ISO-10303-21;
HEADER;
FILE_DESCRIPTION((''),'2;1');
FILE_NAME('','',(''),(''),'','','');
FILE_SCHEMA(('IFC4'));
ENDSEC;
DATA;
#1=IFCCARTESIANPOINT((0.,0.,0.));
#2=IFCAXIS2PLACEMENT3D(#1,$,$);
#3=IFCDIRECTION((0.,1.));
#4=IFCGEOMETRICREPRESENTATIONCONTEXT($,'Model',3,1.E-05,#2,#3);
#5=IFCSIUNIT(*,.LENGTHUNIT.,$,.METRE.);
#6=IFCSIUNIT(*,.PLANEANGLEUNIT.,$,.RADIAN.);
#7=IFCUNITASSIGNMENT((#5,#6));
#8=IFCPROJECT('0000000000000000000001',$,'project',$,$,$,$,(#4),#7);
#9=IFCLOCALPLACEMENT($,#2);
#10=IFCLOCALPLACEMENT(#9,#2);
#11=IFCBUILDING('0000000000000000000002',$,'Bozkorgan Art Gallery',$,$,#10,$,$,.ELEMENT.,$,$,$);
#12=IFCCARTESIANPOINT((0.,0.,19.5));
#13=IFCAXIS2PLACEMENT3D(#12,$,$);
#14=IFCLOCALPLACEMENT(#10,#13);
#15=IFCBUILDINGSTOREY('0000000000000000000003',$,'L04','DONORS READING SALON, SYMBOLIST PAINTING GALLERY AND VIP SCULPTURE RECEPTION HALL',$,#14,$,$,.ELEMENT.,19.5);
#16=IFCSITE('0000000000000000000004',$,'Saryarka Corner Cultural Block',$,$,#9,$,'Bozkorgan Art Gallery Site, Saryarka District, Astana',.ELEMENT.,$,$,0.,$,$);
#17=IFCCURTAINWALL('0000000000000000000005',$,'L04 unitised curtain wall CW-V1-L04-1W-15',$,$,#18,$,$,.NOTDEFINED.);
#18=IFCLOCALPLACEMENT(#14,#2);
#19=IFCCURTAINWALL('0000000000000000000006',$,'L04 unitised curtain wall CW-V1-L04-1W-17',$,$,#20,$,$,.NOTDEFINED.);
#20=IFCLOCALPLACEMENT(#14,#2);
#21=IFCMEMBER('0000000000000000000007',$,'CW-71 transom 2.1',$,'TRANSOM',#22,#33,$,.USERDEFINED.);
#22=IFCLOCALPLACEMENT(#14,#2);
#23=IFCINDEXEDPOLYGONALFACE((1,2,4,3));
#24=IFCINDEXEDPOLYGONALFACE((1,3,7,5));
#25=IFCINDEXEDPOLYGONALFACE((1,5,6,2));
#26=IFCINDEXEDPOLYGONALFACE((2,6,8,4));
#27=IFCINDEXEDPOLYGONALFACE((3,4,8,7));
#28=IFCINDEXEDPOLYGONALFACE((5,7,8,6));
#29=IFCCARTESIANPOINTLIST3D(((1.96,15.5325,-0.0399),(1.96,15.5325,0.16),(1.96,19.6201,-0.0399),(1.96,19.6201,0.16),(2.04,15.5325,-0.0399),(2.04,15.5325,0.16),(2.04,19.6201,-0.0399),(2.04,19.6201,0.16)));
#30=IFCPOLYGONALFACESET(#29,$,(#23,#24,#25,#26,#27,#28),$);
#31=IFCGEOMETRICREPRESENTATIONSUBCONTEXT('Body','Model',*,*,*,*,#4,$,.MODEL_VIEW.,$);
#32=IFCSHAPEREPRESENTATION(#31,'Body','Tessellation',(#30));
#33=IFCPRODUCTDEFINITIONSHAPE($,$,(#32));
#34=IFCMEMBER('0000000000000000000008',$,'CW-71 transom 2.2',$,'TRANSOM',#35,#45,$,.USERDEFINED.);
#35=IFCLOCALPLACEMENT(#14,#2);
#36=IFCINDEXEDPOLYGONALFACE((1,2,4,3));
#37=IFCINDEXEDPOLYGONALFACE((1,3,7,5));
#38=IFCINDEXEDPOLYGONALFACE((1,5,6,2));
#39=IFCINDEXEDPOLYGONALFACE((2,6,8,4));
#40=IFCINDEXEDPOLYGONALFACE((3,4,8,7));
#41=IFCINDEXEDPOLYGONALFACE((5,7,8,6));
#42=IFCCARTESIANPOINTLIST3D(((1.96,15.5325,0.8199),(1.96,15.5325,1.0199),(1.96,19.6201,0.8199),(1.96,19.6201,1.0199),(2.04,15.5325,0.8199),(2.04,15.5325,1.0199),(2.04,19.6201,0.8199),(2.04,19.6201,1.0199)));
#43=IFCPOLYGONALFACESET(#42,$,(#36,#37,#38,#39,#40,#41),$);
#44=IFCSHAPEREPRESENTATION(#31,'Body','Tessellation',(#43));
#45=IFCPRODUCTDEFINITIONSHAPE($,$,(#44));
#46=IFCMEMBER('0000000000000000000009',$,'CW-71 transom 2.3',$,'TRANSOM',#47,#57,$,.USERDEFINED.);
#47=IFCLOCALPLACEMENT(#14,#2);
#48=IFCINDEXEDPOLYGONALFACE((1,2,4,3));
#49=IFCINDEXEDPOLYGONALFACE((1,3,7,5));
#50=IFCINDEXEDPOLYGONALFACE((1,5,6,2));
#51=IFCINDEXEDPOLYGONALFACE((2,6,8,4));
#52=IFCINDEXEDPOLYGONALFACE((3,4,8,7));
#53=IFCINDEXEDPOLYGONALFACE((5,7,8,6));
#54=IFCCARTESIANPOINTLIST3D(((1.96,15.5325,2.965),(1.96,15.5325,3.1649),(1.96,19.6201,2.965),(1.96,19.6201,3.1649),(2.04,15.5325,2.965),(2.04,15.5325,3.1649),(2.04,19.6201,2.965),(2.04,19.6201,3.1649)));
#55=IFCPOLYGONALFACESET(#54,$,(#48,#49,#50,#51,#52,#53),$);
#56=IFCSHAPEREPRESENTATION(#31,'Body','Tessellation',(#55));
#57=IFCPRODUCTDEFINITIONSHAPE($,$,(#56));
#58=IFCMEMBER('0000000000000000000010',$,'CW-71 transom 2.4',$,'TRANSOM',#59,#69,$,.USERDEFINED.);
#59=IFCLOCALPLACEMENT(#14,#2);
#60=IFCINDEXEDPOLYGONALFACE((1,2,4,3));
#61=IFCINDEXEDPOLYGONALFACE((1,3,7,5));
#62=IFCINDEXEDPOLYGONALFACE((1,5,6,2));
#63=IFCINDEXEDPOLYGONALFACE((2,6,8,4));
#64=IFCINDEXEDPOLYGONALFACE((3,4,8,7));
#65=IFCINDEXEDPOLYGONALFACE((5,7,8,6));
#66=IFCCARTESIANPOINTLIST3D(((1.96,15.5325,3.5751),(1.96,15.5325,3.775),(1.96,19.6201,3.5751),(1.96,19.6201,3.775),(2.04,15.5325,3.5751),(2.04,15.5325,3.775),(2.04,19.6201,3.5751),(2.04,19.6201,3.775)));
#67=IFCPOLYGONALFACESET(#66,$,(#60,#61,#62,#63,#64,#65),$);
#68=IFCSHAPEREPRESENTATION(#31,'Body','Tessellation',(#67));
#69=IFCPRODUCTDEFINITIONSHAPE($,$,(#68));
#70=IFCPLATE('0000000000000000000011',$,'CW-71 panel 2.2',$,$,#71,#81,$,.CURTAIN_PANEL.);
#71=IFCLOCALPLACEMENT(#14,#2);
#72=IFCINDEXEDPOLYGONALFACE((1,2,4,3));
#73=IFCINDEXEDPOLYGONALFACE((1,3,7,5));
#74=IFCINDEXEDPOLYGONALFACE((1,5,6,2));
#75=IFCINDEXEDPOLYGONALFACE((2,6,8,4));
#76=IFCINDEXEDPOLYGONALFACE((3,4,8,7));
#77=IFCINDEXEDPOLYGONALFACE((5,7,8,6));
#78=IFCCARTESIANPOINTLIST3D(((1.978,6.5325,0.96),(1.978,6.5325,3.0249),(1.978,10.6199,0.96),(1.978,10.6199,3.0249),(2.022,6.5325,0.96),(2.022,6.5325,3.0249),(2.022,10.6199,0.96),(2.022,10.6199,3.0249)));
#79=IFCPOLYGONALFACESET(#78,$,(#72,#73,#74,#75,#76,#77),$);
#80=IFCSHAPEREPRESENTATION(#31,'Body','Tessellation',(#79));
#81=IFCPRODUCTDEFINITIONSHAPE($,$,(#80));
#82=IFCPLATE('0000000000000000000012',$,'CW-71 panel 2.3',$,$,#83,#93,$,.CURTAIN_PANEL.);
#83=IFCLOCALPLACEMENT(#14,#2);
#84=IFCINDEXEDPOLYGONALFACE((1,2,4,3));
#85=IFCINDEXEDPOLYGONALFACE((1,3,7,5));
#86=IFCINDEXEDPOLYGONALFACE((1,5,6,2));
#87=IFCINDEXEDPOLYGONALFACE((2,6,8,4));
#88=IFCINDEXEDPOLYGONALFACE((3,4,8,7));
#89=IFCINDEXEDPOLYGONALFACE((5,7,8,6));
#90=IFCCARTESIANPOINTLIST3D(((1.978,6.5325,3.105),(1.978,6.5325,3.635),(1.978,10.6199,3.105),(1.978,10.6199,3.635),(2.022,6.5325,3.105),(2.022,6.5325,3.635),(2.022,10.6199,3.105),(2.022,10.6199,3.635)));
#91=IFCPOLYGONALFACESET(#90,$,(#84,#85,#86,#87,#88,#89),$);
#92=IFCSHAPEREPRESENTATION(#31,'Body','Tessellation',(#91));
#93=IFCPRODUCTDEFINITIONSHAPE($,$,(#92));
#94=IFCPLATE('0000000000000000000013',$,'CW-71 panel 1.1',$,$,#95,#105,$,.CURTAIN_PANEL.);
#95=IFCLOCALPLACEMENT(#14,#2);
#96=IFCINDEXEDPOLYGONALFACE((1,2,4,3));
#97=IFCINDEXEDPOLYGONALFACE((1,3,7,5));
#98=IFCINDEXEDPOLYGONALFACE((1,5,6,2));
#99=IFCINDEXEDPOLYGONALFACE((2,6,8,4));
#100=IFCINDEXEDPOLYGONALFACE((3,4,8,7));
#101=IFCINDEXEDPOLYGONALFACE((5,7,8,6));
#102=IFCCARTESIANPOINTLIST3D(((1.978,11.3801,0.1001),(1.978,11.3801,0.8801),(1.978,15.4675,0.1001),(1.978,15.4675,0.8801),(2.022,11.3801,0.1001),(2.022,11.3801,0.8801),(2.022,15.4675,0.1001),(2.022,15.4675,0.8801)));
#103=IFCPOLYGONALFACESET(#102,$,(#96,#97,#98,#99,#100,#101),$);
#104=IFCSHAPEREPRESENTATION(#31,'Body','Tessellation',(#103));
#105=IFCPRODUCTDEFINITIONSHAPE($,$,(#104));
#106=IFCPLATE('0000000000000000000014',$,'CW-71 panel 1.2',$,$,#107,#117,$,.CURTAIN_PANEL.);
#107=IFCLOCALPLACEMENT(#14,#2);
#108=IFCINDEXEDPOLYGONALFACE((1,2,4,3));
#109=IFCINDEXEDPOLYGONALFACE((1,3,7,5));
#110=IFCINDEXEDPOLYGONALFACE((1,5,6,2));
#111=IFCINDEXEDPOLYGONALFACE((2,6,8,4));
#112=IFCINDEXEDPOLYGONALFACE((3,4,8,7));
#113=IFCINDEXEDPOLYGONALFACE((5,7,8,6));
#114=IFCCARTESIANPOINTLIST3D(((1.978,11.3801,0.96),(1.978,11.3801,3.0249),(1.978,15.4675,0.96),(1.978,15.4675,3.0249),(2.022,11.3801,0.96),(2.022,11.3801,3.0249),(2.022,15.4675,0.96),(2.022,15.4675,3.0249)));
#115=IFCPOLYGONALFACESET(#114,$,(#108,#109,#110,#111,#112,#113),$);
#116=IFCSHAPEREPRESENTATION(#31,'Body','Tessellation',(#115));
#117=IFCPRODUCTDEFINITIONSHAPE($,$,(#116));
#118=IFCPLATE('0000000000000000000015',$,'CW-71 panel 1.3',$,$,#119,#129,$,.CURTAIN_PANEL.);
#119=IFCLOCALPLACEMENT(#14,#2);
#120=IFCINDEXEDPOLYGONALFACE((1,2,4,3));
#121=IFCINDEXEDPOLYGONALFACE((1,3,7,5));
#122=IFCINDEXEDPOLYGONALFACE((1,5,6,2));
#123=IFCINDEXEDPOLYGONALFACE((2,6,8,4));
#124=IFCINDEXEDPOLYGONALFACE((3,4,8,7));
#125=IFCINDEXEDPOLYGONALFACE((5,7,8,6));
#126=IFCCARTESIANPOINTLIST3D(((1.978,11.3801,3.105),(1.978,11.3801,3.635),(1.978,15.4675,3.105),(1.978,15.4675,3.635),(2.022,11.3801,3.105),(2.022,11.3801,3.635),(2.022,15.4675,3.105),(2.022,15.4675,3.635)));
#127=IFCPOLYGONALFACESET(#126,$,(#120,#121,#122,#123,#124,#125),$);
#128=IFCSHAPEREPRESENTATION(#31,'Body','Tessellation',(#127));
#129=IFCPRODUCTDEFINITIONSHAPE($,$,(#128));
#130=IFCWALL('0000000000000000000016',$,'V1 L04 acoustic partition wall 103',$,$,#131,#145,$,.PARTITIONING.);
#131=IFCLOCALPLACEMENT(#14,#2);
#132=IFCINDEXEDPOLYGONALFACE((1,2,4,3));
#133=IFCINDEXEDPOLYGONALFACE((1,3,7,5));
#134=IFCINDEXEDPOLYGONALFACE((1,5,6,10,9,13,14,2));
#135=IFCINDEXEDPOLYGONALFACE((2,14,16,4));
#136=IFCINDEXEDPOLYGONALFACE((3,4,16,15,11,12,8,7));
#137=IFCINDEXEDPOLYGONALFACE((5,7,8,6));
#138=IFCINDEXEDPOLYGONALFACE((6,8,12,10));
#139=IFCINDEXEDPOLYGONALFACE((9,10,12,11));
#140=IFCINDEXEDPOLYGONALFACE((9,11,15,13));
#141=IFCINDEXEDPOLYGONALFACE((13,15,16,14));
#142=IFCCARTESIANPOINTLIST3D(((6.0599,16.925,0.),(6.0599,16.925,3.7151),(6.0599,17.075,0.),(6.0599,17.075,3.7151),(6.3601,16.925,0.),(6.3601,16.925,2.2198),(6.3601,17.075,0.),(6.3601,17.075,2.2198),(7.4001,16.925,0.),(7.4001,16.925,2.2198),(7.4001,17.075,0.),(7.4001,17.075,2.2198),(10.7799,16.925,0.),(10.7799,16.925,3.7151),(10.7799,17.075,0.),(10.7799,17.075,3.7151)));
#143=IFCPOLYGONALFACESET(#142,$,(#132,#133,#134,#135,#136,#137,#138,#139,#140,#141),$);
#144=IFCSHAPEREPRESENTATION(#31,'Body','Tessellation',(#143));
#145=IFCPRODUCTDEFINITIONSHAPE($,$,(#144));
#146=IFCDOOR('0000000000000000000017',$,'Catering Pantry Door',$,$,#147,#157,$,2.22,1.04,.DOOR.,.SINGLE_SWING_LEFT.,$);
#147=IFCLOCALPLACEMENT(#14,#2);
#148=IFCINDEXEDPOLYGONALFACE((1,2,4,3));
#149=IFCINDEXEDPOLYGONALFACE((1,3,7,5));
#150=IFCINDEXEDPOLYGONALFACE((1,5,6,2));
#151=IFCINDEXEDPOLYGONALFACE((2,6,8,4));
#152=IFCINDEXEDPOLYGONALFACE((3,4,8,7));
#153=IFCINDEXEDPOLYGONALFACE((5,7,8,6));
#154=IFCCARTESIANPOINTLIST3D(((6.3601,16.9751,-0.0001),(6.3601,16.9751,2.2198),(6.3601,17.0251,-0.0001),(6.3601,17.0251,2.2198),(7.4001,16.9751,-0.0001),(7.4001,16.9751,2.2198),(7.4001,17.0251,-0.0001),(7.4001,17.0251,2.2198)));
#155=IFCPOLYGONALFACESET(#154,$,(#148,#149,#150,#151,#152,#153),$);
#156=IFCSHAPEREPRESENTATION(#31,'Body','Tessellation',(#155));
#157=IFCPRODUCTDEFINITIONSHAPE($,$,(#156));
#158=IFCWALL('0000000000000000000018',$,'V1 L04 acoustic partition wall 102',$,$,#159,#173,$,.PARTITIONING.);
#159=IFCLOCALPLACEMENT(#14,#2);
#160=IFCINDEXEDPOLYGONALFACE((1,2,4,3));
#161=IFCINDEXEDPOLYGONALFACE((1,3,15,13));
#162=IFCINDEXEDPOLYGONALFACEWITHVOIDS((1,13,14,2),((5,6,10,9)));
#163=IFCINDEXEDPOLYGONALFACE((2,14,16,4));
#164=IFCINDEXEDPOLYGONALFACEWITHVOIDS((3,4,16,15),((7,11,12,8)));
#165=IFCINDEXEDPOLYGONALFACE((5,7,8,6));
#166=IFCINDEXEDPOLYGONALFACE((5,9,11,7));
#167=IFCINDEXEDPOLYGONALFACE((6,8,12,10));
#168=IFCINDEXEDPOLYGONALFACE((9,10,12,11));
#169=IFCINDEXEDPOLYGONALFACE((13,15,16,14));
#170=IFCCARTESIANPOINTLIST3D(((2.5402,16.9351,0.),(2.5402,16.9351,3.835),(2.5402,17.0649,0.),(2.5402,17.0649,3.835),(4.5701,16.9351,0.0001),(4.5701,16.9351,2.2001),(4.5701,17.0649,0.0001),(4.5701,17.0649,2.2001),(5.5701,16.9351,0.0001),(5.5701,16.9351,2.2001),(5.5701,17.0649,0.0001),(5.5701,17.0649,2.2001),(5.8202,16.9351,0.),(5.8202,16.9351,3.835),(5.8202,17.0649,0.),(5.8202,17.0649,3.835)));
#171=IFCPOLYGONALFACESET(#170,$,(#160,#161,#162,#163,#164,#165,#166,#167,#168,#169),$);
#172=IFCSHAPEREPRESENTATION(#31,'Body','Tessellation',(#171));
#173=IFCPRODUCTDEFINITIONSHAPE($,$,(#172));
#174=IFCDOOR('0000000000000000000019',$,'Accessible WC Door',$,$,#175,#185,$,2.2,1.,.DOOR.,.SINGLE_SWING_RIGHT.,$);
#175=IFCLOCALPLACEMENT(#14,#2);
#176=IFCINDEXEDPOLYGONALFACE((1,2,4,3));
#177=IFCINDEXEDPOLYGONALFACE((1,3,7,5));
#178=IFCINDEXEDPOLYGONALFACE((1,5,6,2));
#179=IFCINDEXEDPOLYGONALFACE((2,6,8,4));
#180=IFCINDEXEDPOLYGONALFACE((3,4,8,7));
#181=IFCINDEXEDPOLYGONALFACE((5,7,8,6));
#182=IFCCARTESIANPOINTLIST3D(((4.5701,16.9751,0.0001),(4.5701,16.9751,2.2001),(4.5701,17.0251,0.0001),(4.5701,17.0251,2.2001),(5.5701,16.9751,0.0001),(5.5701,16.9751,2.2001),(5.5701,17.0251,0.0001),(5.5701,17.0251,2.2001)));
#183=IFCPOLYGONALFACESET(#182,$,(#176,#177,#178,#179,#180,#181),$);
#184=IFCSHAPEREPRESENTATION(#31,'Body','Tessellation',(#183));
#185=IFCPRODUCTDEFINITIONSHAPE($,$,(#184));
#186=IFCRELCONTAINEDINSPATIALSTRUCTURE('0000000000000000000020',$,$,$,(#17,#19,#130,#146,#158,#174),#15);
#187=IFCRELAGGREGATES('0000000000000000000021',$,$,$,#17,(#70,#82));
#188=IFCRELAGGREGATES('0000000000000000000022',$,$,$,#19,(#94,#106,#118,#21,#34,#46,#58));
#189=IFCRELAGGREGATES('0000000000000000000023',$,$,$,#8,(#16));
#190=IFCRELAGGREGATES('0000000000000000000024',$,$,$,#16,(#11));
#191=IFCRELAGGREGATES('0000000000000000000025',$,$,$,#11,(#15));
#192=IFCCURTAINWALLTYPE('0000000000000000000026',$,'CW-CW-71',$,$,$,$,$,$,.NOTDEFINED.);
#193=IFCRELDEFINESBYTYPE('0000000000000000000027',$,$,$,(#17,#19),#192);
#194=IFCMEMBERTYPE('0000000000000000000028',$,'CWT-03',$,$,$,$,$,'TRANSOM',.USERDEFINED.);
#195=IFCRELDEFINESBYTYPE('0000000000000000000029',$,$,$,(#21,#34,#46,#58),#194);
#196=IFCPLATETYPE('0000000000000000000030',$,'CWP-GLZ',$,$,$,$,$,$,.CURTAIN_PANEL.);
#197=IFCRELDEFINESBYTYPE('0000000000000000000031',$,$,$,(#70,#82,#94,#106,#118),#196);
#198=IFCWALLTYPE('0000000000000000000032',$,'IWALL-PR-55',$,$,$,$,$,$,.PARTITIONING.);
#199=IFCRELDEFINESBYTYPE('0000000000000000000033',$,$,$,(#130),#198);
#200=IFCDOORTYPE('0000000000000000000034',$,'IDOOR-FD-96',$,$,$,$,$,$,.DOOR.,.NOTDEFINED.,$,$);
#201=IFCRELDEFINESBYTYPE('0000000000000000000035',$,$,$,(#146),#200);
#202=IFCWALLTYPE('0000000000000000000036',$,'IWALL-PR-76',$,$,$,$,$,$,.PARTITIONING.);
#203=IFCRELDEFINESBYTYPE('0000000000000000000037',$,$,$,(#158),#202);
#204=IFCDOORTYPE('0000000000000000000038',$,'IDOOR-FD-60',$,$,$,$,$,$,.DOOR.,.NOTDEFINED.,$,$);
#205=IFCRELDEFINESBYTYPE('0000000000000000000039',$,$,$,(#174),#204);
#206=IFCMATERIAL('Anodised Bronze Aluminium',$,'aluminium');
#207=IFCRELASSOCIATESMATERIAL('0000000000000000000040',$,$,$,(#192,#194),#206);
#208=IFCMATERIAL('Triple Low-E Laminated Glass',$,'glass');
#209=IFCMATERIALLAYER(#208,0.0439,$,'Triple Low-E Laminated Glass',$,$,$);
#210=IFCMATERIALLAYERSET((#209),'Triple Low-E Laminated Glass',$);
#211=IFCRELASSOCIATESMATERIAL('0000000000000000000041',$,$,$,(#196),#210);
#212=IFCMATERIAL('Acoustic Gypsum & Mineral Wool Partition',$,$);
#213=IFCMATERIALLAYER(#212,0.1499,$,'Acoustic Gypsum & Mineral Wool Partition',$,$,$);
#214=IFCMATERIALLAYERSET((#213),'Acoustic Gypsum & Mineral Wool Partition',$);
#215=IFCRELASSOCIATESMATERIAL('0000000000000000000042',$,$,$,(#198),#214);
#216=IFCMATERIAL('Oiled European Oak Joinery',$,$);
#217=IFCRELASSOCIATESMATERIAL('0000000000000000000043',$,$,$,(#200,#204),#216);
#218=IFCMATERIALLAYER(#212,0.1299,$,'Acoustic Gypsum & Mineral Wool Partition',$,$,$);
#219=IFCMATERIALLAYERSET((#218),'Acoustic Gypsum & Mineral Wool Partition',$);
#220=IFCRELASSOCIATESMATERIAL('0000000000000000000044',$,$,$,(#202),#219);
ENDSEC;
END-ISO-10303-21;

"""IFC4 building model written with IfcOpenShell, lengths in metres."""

from ifc_helpers import new_model, si_unit, direction, frame, frame_2d, origin, origin_2d, place, context, subcontext, project, spatial, rectangle, extrude, material, layer, layer_set, material_profile, profile_set, type_object, element, fill, aggregate, save


model = new_model("IFC4")

# Units and contexts
model_context = context("Model", 3, precision=1e-05, world=origin(), true_north=direction((0.0, 1.0)))
body_context = subcontext(model_context, "Body", "Model", "MODEL_VIEW")
ifc_project = project(units=[si_unit("LENGTHUNIT", "METRE"), si_unit("PLANEANGLEUNIT", "RADIAN")], contexts=[model_context])

# Site, building, storey
site_placement = place(None, origin())
site = spatial("IfcSite", under=ifc_project, at=site_placement, Name="Saryarka Corner Cultural Block", LongName="Bozkorgan Art Gallery Site, Saryarka District, Astana", CompositionType="ELEMENT", RefElevation=0.0)
building_placement = place(site_placement, origin())
building = spatial("IfcBuilding", under=site, at=building_placement, Name="Bozkorgan Art Gallery", CompositionType="ELEMENT")
storey_placement = place(building_placement, frame((0.0, 0.0, 19.5)))
storey = spatial("IfcBuildingStorey", under=building, at=storey_placement, Name="L04", Description="DONORS READING SALON, SYMBOLIST PAINTING GALLERY AND VIP SCULPTURE RECEPTION HALL", CompositionType="ELEMENT", Elevation=19.5)

# Curtain wall
ifc_material_1 = material(Name="Anodised Bronze Aluminium", Category="aluminium")
curtain_wall_type = type_object("IfcCurtainWallType", Name="CW-CW-71", PredefinedType="NOTDEFINED", material=ifc_material_1)
curtain_wall_1_placement = place(storey_placement, origin())
curtain_wall_1 = element("IfcCurtainWall", 1, at=curtain_wall_1_placement, inside=storey, type_object=curtain_wall_type, Name="L04 unitised curtain wall CW-V1-L04-1W-15", PredefinedType="NOTDEFINED")

# Curtain wall, members
curtain_wall_2_placement = place(storey_placement, origin())
curtain_wall_2 = element("IfcCurtainWall", 2, at=curtain_wall_2_placement, inside=storey, type_object=curtain_wall_type, Name="L04 unitised curtain wall CW-V1-L04-1W-17", PredefinedType="NOTDEFINED")
ifc_material_profile_1 = material_profile(ifc_material_1, rectangle(XDim=0.0801, YDim=0.2, at=origin_2d()), Name="ALU TRANSOM 80x200")
ifc_profile_set_1 = profile_set([ifc_material_profile_1], Name="Anodised Bronze Aluminium")
member_type_1 = type_object("IfcMemberType", Name="CWT-03", ElementType="TRANSOM", PredefinedType="USERDEFINED", material=ifc_profile_set_1)
member_1_placement = place(storey_placement, frame((2.0, 15.5325, 0.0601), z_axis=(0.0, 1.0, 0.0), x_axis=(-1.0, 0.0, 0.0)))
member_1 = element("IfcMember", 3, at=member_1_placement, type_object=member_type_1, Name="CW-71 transom 2.1", ObjectType="TRANSOM", PredefinedType="USERDEFINED", context=body_context, shape_type="SweptSolid", body=[
    extrude(rectangle(XDim=0.0801, YDim=0.2, at=origin_2d()), origin(), (0.0, 0.0, 1.0), 4.0876),
])
member_2_placement = place(storey_placement, frame((2.0, 15.5325, 0.9199), z_axis=(0.0, 1.0, 0.0), x_axis=(-1.0, 0.0, 0.0)))
member_2 = element("IfcMember", 4, at=member_2_placement, type_object=member_type_1, Name="CW-71 transom 2.2", ObjectType="TRANSOM", PredefinedType="USERDEFINED", context=body_context, shape_type="SweptSolid", body=[
    extrude(rectangle(XDim=0.0801, YDim=0.2, at=origin_2d()), origin(), (0.0, 0.0, 1.0), 4.0876),
])
member_3_placement = place(storey_placement, frame((2.0, 15.5325, 3.0649), z_axis=(0.0, 1.0, 0.0), x_axis=(-1.0, 0.0, 0.0)))
member_3 = element("IfcMember", 5, at=member_3_placement, type_object=member_type_1, Name="CW-71 transom 2.3", ObjectType="TRANSOM", PredefinedType="USERDEFINED", context=body_context, shape_type="SweptSolid", body=[
    extrude(rectangle(XDim=0.0801, YDim=0.2, at=origin_2d()), origin(), (0.0, 0.0, 1.0), 4.0876),
])
member_4_placement = place(storey_placement, frame((2.0, 15.5325, 3.675), z_axis=(0.0, 1.0, 0.0), x_axis=(-1.0, 0.0, 0.0)))
member_4 = element("IfcMember", 6, at=member_4_placement, type_object=member_type_1, Name="CW-71 transom 2.4", ObjectType="TRANSOM", PredefinedType="USERDEFINED", context=body_context, shape_type="SweptSolid", body=[
    extrude(rectangle(XDim=0.0801, YDim=0.2, at=origin_2d()), origin(), (0.0, 0.0, 1.0), 4.0876),
])

# Plates
ifc_material_2 = material(Name="Triple Low-E Laminated Glass", Category="glass")
ifc_layer_1 = layer(ifc_material_2, 0.0439, Name="Triple Low-E Laminated Glass")
ifc_layer_set_1 = layer_set([ifc_layer_1], Name="Triple Low-E Laminated Glass")
plate_type = type_object("IfcPlateType", Name="CWP-GLZ", PredefinedType="CURTAIN_PANEL", material=ifc_layer_set_1)
plate_1_placement = place(storey_placement, frame((2.0, 8.5762, 0.96), z_axis=(0.0, 0.0, 1.0), x_axis=(0.0, 1.0, 0.0)))
plate_1 = element("IfcPlate", 7, at=plate_1_placement, type_object=plate_type, Name="CW-71 panel 2.2", PredefinedType="CURTAIN_PANEL", context=body_context, shape_type="SweptSolid", body=[
    extrude(rectangle(XDim=4.0874, YDim=0.0439, at=origin_2d()), origin(), (0.0, 0.0, 1.0), 2.0649),
])
plate_2_placement = place(storey_placement, frame((2.0, 8.5762, 3.105), z_axis=(0.0, 0.0, 1.0), x_axis=(0.0, 1.0, 0.0)))
plate_2 = element("IfcPlate", 8, at=plate_2_placement, type_object=plate_type, Name="CW-71 panel 2.3", PredefinedType="CURTAIN_PANEL", context=body_context, shape_type="SweptSolid", body=[
    extrude(rectangle(XDim=4.0874, YDim=0.0439, at=origin_2d()), origin(), (0.0, 0.0, 1.0), 0.53),
])
aggregate(curtain_wall_1, [plate_1, plate_2])
plate_3_placement = place(storey_placement, frame((2.0, 13.4238, 0.1001), z_axis=(0.0, 0.0, 1.0), x_axis=(0.0, 1.0, 0.0)))
plate_3 = element("IfcPlate", 9, at=plate_3_placement, type_object=plate_type, Name="CW-71 panel 1.1", PredefinedType="CURTAIN_PANEL", context=body_context, shape_type="SweptSolid", body=[
    extrude(rectangle(XDim=4.0874, YDim=0.0439, at=origin_2d()), origin(), (0.0, 0.0, 1.0), 0.78),
])
plate_4_placement = place(storey_placement, frame((2.0, 13.4238, 0.96), z_axis=(0.0, 0.0, 1.0), x_axis=(0.0, 1.0, 0.0)))
plate_4 = element("IfcPlate", 10, at=plate_4_placement, type_object=plate_type, Name="CW-71 panel 1.2", PredefinedType="CURTAIN_PANEL", context=body_context, shape_type="SweptSolid", body=[
    extrude(rectangle(XDim=4.0874, YDim=0.0439, at=origin_2d()), origin(), (0.0, 0.0, 1.0), 2.0649),
])
plate_5_placement = place(storey_placement, frame((2.0, 13.4238, 3.105), z_axis=(0.0, 0.0, 1.0), x_axis=(0.0, 1.0, 0.0)))
plate_5 = element("IfcPlate", 11, at=plate_5_placement, type_object=plate_type, Name="CW-71 panel 1.3", PredefinedType="CURTAIN_PANEL", context=body_context, shape_type="SweptSolid", body=[
    extrude(rectangle(XDim=4.0874, YDim=0.0439, at=origin_2d()), origin(), (0.0, 0.0, 1.0), 0.53),
])
aggregate(curtain_wall_2, [plate_3, plate_4, plate_5, member_1, member_2, member_3, member_4])

# Walls, openings, doors
ifc_material_3 = material(Name="Acoustic Gypsum & Mineral Wool Partition")
ifc_material_4 = material(Name="Oiled European Oak Joinery")
ifc_layer_2 = layer(ifc_material_3, 0.1499, Name="Acoustic Gypsum & Mineral Wool Partition")
ifc_layer_set_2 = layer_set([ifc_layer_2], Name="Acoustic Gypsum & Mineral Wool Partition")
wall_type_1 = type_object("IfcWallType", Name="IWALL-PR-55", PredefinedType="PARTITIONING", material=ifc_layer_set_2)
wall_1_placement = place(storey_placement, frame((6.0601, 17.0, 0.0), z_axis=(0.0, 0.0, 1.0), x_axis=(1.0, 0.0, 0.0)))
wall_1 = element("IfcWall", 12, at=wall_1_placement, inside=storey, type_object=wall_type_1, Name="V1 L04 acoustic partition wall 103", PredefinedType="PARTITIONING", context=body_context, shape_type="SweptSolid", body=[
    extrude(rectangle(XDim=4.72, YDim=0.1499, at=frame_2d((2.3599, 0.0))), origin(), (0.0, 0.0, 1.0), 3.7151),
])
opening_1_placement = place(wall_1_placement, frame((1.3401, 0.0, 0.0), z_axis=(0.0, 0.0, 1.0), x_axis=(-1.0, 0.0, 0.0)))
opening_1 = element("IfcOpeningElement", 13, at=opening_1_placement, cuts=wall_1, PredefinedType="OPENING", context=body_context, shape_type="SweptSolid", body=[
    extrude(rectangle(XDim=1.04, YDim=2.22, at=frame_2d((0.52, 1.1099))), frame((0.0, 0.085, 0.0), z_axis=(0.0, -1.0, 0.0), x_axis=(1.0, 0.0, 0.0)), (0.0, 0.0, 1.0), 0.1699),
])
door_type_1 = type_object("IfcDoorType", Name="IDOOR-FD-96", OperationType="NOTDEFINED", PredefinedType="DOOR", material=ifc_material_4)
door_1_placement = place(opening_1_placement, origin())
door_1 = element("IfcDoor", 14, at=door_1_placement, inside=storey, type_object=door_type_1, Name="Catering Pantry Door", OperationType="SINGLE_SWING_LEFT", OverallHeight=2.22, OverallWidth=1.04, PredefinedType="DOOR", context=body_context, shape_type="SweptSolid", body=[
    extrude(rectangle(XDim=1.04, YDim=2.22, at=frame_2d((0.52, 1.1099))), frame((0.0, 0.0249, 0.0), z_axis=(0.0, -1.0, 0.0), x_axis=(1.0, 0.0, 0.0)), (0.0, 0.0, 1.0), 0.05),
])
fill(opening_1, door_1)
ifc_layer_3 = layer(ifc_material_3, 0.1299, Name="Acoustic Gypsum & Mineral Wool Partition")
ifc_layer_set_3 = layer_set([ifc_layer_3], Name="Acoustic Gypsum & Mineral Wool Partition")
wall_type_2 = type_object("IfcWallType", Name="IWALL-PR-76", PredefinedType="PARTITIONING", material=ifc_layer_set_3)
wall_2_placement = place(storey_placement, frame((2.54, 17.0, 0.0), z_axis=(0.0, 0.0, 1.0), x_axis=(1.0, 0.0, 0.0)))
wall_2 = element("IfcWall", 15, at=wall_2_placement, inside=storey, type_object=wall_type_2, Name="V1 L04 acoustic partition wall 102", PredefinedType="PARTITIONING", context=body_context, shape_type="SweptSolid", body=[
    extrude(rectangle(XDim=3.28, YDim=0.1299, at=frame_2d((1.6401, 0.0))), origin(), (0.0, 0.0, 1.0), 3.835),
])
opening_2_placement = place(wall_2_placement, frame((3.03, 0.0, 0.0), z_axis=(0.0, 0.0, 1.0), x_axis=(-1.0, 0.0, 0.0)))
opening_2 = element("IfcOpeningElement", 16, at=opening_2_placement, cuts=wall_2, PredefinedType="OPENING", context=body_context, shape_type="SweptSolid", body=[
    extrude(rectangle(XDim=1.0, YDim=2.2, at=frame_2d((0.5, 1.1001))), frame((0.0, 0.075, 0.0), z_axis=(0.0, -1.0, 0.0), x_axis=(1.0, 0.0, 0.0)), (0.0, 0.0, 1.0), 0.1499),
])
door_type_2 = type_object("IfcDoorType", Name="IDOOR-FD-60", OperationType="NOTDEFINED", PredefinedType="DOOR", material=ifc_material_4)
door_2_placement = place(opening_2_placement, origin())
door_2 = element("IfcDoor", 17, at=door_2_placement, inside=storey, type_object=door_type_2, Name="Accessible WC Door", OperationType="SINGLE_SWING_RIGHT", OverallHeight=2.2, OverallWidth=1.0, PredefinedType="DOOR", context=body_context, shape_type="SweptSolid", body=[
    extrude(rectangle(XDim=1.0, YDim=2.2, at=frame_2d((0.5, 1.1001))), frame((0.0, 0.0249, 0.0), z_axis=(0.0, -1.0, 0.0), x_axis=(1.0, 0.0, 0.0)), (0.0, 0.0, 1.0), 0.05),
])
fill(opening_2, door_2)

save(model, "model.ifc")
